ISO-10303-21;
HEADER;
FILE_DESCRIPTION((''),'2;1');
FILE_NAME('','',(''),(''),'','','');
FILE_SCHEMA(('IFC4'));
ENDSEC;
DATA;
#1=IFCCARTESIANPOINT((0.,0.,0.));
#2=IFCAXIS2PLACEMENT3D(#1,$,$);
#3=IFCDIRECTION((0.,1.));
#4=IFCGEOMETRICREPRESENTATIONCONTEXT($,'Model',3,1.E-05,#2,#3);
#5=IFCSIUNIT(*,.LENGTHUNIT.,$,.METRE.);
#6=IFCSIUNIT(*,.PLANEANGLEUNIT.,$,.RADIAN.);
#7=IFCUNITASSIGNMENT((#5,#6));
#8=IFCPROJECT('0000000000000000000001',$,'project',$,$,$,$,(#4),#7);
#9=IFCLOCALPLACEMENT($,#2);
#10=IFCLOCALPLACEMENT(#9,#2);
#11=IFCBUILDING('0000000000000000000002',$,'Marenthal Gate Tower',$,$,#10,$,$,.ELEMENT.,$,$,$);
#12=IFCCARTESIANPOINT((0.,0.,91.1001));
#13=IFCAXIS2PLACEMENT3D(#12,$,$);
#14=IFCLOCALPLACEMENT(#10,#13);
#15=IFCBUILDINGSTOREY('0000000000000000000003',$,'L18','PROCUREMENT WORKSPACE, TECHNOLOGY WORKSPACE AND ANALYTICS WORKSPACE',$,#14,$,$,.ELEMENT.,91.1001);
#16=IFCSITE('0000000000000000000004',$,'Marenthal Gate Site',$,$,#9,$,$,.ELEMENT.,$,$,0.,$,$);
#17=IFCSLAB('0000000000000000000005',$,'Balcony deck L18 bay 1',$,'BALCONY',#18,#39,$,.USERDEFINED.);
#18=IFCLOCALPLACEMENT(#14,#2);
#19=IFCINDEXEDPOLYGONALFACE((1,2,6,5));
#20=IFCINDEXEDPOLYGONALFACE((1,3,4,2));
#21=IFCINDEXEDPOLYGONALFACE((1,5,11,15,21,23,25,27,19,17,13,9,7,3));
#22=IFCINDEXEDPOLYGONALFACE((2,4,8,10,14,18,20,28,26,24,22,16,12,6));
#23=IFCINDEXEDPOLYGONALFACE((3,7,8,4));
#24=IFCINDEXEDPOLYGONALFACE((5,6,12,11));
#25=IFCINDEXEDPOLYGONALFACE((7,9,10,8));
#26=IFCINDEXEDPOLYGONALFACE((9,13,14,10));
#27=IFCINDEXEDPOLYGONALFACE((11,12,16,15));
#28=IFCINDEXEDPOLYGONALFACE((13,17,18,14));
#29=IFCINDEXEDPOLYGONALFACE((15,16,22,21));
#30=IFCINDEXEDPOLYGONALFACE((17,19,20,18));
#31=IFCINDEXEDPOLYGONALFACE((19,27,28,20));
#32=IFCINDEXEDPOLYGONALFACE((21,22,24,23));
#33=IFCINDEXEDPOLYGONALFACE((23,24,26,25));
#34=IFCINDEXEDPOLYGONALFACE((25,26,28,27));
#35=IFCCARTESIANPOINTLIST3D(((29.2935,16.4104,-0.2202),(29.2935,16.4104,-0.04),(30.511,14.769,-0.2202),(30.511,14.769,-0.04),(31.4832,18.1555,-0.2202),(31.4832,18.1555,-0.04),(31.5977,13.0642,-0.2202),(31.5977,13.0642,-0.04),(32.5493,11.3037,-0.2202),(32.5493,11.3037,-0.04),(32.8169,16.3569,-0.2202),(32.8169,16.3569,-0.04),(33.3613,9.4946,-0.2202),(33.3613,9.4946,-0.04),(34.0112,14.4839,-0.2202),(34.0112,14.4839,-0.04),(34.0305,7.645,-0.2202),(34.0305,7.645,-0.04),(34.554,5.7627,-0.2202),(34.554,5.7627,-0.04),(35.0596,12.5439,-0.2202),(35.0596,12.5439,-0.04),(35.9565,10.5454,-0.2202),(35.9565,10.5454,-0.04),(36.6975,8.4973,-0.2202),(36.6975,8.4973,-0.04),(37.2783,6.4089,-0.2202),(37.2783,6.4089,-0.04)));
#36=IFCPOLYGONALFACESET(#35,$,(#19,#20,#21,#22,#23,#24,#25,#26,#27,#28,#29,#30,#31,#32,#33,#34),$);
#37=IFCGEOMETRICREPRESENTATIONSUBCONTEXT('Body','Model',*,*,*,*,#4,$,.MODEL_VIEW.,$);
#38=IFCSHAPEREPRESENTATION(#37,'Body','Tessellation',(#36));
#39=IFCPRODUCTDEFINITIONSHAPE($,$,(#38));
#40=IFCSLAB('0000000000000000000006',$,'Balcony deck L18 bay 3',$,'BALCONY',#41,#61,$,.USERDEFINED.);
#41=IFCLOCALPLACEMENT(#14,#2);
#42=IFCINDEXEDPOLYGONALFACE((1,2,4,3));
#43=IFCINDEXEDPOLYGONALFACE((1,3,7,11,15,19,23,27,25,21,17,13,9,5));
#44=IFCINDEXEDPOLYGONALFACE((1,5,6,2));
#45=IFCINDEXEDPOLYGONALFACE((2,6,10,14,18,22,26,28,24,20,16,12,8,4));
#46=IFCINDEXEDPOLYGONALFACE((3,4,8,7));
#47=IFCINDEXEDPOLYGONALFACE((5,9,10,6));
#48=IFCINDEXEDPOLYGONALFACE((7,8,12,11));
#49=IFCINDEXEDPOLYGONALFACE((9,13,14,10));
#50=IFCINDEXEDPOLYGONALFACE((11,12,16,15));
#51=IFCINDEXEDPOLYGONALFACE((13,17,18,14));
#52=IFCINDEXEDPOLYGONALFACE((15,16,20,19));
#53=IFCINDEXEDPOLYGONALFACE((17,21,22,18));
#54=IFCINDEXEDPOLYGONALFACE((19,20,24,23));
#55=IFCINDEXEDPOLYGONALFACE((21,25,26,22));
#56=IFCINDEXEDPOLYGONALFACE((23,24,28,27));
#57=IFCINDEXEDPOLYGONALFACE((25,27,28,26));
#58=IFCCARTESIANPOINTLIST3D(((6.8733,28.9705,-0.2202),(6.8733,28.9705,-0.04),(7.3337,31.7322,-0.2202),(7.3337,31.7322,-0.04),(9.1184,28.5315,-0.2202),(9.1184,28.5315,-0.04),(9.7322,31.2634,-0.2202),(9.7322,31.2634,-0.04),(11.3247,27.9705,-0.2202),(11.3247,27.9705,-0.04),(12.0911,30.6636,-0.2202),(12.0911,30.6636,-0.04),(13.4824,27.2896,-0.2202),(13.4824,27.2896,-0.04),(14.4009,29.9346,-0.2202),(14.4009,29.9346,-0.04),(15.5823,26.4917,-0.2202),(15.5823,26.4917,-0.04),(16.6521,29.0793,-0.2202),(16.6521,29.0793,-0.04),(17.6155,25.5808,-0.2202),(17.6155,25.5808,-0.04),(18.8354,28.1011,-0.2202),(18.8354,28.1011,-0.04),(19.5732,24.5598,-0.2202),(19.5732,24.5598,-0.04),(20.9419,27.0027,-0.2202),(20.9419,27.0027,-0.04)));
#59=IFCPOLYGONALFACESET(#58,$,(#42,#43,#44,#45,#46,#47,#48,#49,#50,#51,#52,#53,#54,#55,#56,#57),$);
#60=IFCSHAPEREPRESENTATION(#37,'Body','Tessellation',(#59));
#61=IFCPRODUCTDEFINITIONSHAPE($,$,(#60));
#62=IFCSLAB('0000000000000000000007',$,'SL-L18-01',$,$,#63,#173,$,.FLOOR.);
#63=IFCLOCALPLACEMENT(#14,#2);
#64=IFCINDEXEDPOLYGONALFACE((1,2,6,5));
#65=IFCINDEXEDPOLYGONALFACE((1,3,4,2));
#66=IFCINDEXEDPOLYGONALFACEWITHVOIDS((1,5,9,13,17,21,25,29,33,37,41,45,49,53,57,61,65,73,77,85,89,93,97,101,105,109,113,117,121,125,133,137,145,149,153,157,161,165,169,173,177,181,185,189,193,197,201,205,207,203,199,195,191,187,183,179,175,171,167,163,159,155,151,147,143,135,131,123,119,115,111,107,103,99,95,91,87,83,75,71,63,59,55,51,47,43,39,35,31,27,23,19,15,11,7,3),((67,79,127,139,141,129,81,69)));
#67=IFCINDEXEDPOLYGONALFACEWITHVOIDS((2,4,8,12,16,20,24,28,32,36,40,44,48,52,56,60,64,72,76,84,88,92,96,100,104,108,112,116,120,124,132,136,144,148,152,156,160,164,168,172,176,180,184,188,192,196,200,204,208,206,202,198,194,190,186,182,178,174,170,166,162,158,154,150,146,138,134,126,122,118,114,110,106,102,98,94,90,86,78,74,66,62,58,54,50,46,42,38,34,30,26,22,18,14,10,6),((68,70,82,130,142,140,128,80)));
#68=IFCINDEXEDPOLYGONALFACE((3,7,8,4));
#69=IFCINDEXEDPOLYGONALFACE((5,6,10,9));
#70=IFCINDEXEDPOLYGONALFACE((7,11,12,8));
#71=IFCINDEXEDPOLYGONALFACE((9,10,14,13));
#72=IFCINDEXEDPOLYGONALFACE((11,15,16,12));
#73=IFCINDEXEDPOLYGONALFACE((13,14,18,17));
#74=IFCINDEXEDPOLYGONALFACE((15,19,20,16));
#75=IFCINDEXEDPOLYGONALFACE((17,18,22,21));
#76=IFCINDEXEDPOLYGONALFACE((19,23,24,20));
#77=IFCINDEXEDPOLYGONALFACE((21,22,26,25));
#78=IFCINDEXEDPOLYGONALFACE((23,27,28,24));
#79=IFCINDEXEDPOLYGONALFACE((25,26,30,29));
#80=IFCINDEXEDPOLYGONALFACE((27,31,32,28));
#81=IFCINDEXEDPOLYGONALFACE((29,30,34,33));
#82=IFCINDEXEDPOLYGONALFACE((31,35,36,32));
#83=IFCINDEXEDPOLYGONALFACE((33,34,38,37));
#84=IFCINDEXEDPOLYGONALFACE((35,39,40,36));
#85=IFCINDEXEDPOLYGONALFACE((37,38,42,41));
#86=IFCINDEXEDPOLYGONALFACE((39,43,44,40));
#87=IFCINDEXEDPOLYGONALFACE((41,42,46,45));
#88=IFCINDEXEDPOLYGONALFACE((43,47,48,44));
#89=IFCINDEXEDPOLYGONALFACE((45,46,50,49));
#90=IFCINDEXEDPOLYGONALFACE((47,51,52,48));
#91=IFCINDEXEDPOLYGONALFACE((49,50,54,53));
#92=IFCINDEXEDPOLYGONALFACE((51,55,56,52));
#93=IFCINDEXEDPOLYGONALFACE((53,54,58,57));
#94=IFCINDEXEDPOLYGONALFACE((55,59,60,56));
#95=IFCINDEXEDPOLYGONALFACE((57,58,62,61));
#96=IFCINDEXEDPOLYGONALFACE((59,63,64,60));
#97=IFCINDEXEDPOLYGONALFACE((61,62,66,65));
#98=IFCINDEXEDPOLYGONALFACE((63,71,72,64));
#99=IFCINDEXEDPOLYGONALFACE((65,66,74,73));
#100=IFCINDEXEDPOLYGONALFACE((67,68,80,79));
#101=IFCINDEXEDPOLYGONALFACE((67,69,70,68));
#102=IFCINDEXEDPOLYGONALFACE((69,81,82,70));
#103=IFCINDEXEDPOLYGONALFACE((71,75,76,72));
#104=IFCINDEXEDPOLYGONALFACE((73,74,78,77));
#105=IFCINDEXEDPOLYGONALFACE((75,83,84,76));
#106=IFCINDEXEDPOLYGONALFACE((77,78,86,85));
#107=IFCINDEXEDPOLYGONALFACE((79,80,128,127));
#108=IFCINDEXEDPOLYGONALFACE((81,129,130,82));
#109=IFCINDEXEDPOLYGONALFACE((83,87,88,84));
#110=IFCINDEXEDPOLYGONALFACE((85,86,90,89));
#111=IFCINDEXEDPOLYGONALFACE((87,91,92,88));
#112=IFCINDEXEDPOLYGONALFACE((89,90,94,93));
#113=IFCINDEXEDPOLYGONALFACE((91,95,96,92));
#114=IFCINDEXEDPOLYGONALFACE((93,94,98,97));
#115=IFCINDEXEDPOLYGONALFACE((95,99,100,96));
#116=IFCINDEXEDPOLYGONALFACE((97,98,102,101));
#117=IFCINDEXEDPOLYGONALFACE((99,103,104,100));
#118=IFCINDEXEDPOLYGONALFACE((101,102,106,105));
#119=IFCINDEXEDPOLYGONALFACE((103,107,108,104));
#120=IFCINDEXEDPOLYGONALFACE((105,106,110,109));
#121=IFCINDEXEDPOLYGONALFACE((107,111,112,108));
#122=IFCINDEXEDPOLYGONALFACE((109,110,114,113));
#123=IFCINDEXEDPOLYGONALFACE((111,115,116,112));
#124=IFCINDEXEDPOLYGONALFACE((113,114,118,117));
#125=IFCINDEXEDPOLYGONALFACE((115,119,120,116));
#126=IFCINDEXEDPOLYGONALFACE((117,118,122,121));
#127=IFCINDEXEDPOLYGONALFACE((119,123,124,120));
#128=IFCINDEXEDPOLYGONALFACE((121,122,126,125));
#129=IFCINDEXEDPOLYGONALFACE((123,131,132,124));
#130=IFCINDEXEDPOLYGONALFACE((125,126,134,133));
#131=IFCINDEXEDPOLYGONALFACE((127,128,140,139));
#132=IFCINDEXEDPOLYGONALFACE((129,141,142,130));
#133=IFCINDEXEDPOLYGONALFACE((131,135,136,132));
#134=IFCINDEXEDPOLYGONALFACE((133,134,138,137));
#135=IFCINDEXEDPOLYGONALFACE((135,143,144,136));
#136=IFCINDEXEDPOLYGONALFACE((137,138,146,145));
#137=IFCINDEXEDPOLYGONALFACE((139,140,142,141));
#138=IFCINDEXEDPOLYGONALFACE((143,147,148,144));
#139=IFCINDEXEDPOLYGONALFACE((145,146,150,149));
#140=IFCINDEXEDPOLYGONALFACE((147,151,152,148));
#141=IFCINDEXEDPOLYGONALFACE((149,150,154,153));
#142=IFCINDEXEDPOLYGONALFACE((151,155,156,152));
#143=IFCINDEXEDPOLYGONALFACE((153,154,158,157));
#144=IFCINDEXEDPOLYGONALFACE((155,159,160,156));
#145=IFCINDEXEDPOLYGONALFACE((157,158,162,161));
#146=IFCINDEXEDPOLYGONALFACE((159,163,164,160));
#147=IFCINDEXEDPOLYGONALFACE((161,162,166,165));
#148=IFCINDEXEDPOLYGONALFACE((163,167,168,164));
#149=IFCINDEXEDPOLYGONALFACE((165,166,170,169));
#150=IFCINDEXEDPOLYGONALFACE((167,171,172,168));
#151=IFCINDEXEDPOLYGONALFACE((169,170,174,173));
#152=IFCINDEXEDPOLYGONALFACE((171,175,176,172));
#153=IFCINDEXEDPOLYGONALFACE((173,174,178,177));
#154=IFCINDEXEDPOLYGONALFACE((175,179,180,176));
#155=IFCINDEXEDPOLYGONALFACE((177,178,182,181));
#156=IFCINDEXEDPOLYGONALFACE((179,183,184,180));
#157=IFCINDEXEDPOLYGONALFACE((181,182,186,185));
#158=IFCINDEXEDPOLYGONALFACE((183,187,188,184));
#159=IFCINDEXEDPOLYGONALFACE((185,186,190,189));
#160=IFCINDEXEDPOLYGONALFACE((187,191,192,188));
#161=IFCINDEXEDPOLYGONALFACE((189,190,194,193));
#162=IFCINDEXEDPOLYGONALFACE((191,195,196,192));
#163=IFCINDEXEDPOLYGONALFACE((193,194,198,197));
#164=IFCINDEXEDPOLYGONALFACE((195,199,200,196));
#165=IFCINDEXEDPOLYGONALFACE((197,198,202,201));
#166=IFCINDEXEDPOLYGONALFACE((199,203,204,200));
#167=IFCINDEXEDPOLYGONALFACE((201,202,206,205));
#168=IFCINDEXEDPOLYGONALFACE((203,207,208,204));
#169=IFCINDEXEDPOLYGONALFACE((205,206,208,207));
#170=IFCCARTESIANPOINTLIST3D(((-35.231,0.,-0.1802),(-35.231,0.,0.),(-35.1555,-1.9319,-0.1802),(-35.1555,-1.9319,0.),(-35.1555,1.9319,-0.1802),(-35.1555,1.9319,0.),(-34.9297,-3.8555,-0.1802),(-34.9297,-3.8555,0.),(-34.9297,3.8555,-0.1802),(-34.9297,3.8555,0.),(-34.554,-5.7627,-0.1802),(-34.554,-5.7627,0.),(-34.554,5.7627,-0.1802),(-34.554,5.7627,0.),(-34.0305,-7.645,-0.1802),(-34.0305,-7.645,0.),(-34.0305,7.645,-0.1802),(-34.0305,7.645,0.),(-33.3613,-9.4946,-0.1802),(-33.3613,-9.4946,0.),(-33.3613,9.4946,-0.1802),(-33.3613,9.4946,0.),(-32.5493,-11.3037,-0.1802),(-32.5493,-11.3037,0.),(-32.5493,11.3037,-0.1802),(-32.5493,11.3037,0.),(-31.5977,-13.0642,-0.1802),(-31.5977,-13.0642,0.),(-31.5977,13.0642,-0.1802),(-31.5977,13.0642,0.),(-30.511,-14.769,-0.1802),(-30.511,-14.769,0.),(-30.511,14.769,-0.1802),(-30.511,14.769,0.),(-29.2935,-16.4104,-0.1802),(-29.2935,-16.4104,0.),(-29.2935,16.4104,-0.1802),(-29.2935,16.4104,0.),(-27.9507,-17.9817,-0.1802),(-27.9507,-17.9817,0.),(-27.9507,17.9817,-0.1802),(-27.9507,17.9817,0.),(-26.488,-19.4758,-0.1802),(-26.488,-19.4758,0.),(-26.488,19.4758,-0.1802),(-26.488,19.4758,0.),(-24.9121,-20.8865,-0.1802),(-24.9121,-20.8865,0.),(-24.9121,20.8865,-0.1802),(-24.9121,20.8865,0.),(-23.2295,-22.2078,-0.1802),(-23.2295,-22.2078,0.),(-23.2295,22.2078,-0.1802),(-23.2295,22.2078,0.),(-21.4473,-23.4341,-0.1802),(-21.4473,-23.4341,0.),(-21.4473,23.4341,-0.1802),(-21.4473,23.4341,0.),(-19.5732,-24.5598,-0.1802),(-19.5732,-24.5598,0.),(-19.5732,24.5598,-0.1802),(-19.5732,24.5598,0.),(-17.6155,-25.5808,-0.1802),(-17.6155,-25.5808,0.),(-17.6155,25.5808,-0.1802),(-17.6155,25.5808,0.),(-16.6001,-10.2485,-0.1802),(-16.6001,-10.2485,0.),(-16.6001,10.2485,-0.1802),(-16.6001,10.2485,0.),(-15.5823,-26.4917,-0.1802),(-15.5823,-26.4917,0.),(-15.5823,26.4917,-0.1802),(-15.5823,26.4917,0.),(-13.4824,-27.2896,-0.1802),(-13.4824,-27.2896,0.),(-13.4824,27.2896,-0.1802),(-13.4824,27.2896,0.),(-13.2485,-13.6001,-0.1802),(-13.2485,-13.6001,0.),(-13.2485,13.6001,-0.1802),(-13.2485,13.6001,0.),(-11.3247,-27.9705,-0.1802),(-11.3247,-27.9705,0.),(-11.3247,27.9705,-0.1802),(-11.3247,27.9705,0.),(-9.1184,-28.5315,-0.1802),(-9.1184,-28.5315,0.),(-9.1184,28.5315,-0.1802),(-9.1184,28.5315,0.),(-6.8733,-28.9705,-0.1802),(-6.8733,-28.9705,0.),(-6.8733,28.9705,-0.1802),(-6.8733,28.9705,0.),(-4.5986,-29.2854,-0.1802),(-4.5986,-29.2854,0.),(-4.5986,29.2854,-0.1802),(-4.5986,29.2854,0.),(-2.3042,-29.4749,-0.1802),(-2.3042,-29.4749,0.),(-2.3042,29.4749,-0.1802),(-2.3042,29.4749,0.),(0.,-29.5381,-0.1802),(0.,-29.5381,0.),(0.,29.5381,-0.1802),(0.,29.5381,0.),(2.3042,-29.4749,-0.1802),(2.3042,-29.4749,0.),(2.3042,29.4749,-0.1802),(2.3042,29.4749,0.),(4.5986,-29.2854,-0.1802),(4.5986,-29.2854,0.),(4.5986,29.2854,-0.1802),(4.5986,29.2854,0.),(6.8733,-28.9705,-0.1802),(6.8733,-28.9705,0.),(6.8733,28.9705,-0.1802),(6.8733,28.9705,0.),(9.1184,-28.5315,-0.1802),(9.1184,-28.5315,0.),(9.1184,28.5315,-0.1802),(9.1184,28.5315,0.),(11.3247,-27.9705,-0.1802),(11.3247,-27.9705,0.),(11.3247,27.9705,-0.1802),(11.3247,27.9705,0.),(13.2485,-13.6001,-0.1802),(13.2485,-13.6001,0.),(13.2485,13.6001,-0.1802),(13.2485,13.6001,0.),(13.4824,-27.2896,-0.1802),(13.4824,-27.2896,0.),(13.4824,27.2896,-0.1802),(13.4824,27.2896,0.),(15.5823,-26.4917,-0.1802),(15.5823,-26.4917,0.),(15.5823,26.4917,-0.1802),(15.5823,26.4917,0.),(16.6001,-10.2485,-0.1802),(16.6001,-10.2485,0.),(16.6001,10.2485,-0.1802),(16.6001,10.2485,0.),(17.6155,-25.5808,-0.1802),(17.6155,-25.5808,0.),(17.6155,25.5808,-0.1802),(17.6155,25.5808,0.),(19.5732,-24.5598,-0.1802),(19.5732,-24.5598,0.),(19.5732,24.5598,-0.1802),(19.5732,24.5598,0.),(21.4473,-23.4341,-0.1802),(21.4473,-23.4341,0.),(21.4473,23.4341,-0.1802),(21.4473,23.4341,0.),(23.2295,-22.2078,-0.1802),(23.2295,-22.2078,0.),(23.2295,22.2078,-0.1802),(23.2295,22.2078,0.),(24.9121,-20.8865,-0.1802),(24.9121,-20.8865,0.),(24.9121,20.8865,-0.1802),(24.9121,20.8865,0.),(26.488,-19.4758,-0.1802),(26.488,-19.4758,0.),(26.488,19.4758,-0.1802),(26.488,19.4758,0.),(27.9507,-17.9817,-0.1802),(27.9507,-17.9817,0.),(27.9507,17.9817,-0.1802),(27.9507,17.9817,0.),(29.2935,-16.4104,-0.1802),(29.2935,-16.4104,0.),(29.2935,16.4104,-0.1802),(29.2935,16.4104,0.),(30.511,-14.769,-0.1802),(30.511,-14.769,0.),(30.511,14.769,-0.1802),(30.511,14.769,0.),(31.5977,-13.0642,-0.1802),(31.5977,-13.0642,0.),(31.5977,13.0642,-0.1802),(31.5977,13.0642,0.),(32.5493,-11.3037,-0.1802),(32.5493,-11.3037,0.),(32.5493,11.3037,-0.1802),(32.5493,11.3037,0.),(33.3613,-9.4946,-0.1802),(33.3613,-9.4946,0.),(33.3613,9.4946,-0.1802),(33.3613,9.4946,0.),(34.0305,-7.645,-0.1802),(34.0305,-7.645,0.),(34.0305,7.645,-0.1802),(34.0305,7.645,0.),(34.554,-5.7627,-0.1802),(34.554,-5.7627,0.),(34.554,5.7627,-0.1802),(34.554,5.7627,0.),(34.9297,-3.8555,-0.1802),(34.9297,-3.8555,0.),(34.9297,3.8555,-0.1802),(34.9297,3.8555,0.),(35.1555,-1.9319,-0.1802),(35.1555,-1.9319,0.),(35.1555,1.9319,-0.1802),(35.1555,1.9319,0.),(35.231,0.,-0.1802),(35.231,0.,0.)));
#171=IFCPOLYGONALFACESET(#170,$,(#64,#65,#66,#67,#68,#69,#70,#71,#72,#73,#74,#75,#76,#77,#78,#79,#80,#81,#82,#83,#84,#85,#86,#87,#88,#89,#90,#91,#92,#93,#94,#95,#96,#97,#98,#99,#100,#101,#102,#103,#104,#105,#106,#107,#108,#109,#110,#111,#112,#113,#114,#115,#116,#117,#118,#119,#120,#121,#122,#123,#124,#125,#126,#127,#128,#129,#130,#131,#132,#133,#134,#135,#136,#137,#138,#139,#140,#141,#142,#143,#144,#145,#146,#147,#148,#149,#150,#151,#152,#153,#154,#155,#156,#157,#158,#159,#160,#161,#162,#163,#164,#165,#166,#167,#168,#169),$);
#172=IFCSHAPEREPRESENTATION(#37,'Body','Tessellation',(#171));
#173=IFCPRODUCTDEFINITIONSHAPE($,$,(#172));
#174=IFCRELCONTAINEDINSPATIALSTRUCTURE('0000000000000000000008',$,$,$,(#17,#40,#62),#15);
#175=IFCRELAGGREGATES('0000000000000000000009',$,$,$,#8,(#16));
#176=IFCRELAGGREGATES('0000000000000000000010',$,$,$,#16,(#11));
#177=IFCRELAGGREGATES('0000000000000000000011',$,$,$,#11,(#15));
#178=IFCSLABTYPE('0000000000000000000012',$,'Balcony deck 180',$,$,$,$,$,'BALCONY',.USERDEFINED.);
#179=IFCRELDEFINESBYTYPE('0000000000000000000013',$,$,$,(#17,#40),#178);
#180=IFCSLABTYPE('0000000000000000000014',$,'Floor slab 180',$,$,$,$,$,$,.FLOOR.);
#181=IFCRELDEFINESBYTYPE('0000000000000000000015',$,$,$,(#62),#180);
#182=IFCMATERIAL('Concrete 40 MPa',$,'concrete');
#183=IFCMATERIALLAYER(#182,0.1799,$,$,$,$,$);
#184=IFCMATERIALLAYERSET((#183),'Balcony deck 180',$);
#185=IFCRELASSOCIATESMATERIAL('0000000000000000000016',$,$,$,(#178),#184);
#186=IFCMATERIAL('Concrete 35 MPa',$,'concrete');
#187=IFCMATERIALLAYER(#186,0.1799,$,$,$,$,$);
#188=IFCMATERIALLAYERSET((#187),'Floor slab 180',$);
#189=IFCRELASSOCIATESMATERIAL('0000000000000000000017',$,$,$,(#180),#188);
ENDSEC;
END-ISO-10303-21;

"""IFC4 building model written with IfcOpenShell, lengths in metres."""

from ifc_helpers import new_model, si_unit, direction, frame, origin, place, context, subcontext, project, spatial, polyline, outline, extrude, material, layer, layer_set, type_object, element, save


model = new_model("IFC4")

# Units and contexts
model_context = context("Model", 3, precision=1e-05, world=origin(), true_north=direction((0.0, 1.0)))
body_context = subcontext(model_context, "Body", "Model", "MODEL_VIEW")
ifc_project = project(units=[si_unit("LENGTHUNIT", "METRE"), si_unit("PLANEANGLEUNIT", "RADIAN")], contexts=[model_context])

# Site, building, storey
site_placement = place(None, origin())
site = spatial("IfcSite", under=ifc_project, at=site_placement, Name="Marenthal Gate Site", CompositionType="ELEMENT", RefElevation=0.0)
building_placement = place(site_placement, origin())
building = spatial("IfcBuilding", under=site, at=building_placement, Name="Marenthal Gate Tower", CompositionType="ELEMENT")
storey_placement = place(building_placement, frame((0.0, 0.0, 91.1001)))
storey = spatial("IfcBuildingStorey", under=building, at=storey_placement, Name="L18", Description="PROCUREMENT WORKSPACE, TECHNOLOGY WORKSPACE AND ANALYTICS WORKSPACE", CompositionType="ELEMENT", Elevation=91.1001)

# Slabs
ifc_material_1 = material(Name="Concrete 40 MPa", Category="concrete")
ifc_layer_1 = layer(ifc_material_1, 0.1799)
ifc_layer_set_1 = layer_set([ifc_layer_1], Name="Balcony deck 180")
slab_type_1 = type_object("IfcSlabType", Name="Balcony deck 180", ElementType="BALCONY", PredefinedType="USERDEFINED", material=ifc_layer_set_1)
slab_1_placement = place(storey_placement, frame((0.0, 0.0, -0.2202)))
element("IfcSlab", 1, at=slab_1_placement, inside=storey, type_object=slab_type_1, Name="Balcony deck L18 bay 1", ObjectType="BALCONY", PredefinedType="USERDEFINED", context=body_context, shape_type="SweptSolid", body=[
    extrude(outline(polyline([(34.554, 5.7627), (34.0305, 7.645), (33.3613, 9.4946), (32.5493, 11.3037), (31.5977, 13.0642), (30.511, 14.769), (29.2935, 16.4104), (31.4832, 18.1555), (32.8169, 16.3569), (34.0112, 14.4839), (35.0596, 12.5439), (35.9565, 10.5454), (36.6975, 8.4973), (37.2783, 6.4089), (34.554, 5.7627)])), origin(), (0.0, 0.0, 1.0), 0.1802),
])
slab_2_placement = place(storey_placement, frame((0.0, 0.0, -0.2202)))
element("IfcSlab", 2, at=slab_2_placement, inside=storey, type_object=slab_type_1, Name="Balcony deck L18 bay 3", ObjectType="BALCONY", PredefinedType="USERDEFINED", context=body_context, shape_type="SweptSolid", body=[
    extrude(outline(polyline([(19.5732, 24.5598), (17.6155, 25.5808), (15.5823, 26.4917), (13.4824, 27.2896), (11.3247, 27.9705), (9.1184, 28.5315), (6.8733, 28.9705), (7.3337, 31.7322), (9.7322, 31.2634), (12.0911, 30.6636), (14.4009, 29.9346), (16.6521, 29.0793), (18.8354, 28.1011), (20.9419, 27.0027), (19.5732, 24.5598)])), origin(), (0.0, 0.0, 1.0), 0.1802),
])
ifc_material_2 = material(Name="Concrete 35 MPa", Category="concrete")
ifc_layer_2 = layer(ifc_material_2, 0.1799)
ifc_layer_set_2 = layer_set([ifc_layer_2], Name="Floor slab 180")
slab_type_2 = type_object("IfcSlabType", Name="Floor slab 180", PredefinedType="FLOOR", material=ifc_layer_set_2)
slab_3_placement = place(storey_placement, frame((0.0, 0.0, -0.1802)))
element("IfcSlab", 3, at=slab_3_placement, inside=storey, type_object=slab_type_2, Name="SL-L18-01", PredefinedType="FLOOR", context=body_context, shape_type="SweptSolid", body=[
    extrude(outline(polyline([(35.231, 0.0), (35.1555, 1.9319), (34.9297, 3.8555), (34.554, 5.7627), (34.0305, 7.645), (33.3613, 9.4946), (32.5493, 11.3037), (31.5977, 13.0642), (30.511, 14.769), (29.2935, 16.4104), (27.9507, 17.9817), (26.488, 19.4758), (24.9121, 20.8865), (23.2295, 22.2078), (21.4473, 23.4341), (19.5732, 24.5598), (17.6155, 25.5808), (15.5823, 26.4917), (13.4824, 27.2896), (11.3247, 27.9705), (9.1184, 28.5315), (6.8733, 28.9705), (4.5986, 29.2854), (2.3042, 29.4749), (0.0, 29.5381), (-2.3042, 29.4749), (-4.5986, 29.2854), (-6.8733, 28.9705), (-9.1184, 28.5315), (-11.3247, 27.9705), (-13.4824, 27.2896), (-15.5823, 26.4917), (-17.6155, 25.5808), (-19.5732, 24.5598), (-21.4473, 23.4341), (-23.2295, 22.2078), (-24.9121, 20.8865), (-26.488, 19.4758), (-27.9507, 17.9817), (-29.2935, 16.4104), (-30.511, 14.769), (-31.5977, 13.0642), (-32.5493, 11.3037), (-33.3613, 9.4946), (-34.0305, 7.645), (-34.554, 5.7627), (-34.9297, 3.8555), (-35.1555, 1.9319), (-35.231, 0.0), (-35.1555, -1.9319), (-34.9297, -3.8555), (-34.554, -5.7627), (-34.0305, -7.645), (-33.3613, -9.4946), (-32.5493, -11.3037), (-31.5977, -13.0642), (-30.511, -14.769), (-29.2935, -16.4104), (-27.9507, -17.9817), (-26.488, -19.4758), (-24.9121, -20.8865), (-23.2295, -22.2078), (-21.4473, -23.4341), (-19.5732, -24.5598), (-17.6155, -25.5808), (-15.5823, -26.4917), (-13.4824, -27.2896), (-11.3247, -27.9705), (-9.1184, -28.5315), (-6.8733, -28.9705), (-4.5986, -29.2854), (-2.3042, -29.4749), (0.0, -29.5381), (2.3042, -29.4749), (4.5986, -29.2854), (6.8733, -28.9705), (9.1184, -28.5315), (11.3247, -27.9705), (13.4824, -27.2896), (15.5823, -26.4917), (17.6155, -25.5808), (19.5732, -24.5598), (21.4473, -23.4341), (23.2295, -22.2078), (24.9121, -20.8865), (26.488, -19.4758), (27.9507, -17.9817), (29.2935, -16.4104), (30.511, -14.769), (31.5977, -13.0642), (32.5493, -11.3037), (33.3613, -9.4946), (34.0305, -7.645), (34.554, -5.7627), (34.9297, -3.8555), (35.1555, -1.9319), (35.231, 0.0)]), holes=[polyline([(13.2485, -13.6001), (16.6001, -10.2485), (16.6001, 10.2485), (13.2485, 13.6001), (-13.2485, 13.6001), (-16.6001, 10.2485), (-16.6001, -10.2485), (-13.2485, -13.6001), (13.2485, -13.6001)])]), origin(), (0.0, 0.0, 1.0), 0.1802),
])

save(model, "model.ifc")
